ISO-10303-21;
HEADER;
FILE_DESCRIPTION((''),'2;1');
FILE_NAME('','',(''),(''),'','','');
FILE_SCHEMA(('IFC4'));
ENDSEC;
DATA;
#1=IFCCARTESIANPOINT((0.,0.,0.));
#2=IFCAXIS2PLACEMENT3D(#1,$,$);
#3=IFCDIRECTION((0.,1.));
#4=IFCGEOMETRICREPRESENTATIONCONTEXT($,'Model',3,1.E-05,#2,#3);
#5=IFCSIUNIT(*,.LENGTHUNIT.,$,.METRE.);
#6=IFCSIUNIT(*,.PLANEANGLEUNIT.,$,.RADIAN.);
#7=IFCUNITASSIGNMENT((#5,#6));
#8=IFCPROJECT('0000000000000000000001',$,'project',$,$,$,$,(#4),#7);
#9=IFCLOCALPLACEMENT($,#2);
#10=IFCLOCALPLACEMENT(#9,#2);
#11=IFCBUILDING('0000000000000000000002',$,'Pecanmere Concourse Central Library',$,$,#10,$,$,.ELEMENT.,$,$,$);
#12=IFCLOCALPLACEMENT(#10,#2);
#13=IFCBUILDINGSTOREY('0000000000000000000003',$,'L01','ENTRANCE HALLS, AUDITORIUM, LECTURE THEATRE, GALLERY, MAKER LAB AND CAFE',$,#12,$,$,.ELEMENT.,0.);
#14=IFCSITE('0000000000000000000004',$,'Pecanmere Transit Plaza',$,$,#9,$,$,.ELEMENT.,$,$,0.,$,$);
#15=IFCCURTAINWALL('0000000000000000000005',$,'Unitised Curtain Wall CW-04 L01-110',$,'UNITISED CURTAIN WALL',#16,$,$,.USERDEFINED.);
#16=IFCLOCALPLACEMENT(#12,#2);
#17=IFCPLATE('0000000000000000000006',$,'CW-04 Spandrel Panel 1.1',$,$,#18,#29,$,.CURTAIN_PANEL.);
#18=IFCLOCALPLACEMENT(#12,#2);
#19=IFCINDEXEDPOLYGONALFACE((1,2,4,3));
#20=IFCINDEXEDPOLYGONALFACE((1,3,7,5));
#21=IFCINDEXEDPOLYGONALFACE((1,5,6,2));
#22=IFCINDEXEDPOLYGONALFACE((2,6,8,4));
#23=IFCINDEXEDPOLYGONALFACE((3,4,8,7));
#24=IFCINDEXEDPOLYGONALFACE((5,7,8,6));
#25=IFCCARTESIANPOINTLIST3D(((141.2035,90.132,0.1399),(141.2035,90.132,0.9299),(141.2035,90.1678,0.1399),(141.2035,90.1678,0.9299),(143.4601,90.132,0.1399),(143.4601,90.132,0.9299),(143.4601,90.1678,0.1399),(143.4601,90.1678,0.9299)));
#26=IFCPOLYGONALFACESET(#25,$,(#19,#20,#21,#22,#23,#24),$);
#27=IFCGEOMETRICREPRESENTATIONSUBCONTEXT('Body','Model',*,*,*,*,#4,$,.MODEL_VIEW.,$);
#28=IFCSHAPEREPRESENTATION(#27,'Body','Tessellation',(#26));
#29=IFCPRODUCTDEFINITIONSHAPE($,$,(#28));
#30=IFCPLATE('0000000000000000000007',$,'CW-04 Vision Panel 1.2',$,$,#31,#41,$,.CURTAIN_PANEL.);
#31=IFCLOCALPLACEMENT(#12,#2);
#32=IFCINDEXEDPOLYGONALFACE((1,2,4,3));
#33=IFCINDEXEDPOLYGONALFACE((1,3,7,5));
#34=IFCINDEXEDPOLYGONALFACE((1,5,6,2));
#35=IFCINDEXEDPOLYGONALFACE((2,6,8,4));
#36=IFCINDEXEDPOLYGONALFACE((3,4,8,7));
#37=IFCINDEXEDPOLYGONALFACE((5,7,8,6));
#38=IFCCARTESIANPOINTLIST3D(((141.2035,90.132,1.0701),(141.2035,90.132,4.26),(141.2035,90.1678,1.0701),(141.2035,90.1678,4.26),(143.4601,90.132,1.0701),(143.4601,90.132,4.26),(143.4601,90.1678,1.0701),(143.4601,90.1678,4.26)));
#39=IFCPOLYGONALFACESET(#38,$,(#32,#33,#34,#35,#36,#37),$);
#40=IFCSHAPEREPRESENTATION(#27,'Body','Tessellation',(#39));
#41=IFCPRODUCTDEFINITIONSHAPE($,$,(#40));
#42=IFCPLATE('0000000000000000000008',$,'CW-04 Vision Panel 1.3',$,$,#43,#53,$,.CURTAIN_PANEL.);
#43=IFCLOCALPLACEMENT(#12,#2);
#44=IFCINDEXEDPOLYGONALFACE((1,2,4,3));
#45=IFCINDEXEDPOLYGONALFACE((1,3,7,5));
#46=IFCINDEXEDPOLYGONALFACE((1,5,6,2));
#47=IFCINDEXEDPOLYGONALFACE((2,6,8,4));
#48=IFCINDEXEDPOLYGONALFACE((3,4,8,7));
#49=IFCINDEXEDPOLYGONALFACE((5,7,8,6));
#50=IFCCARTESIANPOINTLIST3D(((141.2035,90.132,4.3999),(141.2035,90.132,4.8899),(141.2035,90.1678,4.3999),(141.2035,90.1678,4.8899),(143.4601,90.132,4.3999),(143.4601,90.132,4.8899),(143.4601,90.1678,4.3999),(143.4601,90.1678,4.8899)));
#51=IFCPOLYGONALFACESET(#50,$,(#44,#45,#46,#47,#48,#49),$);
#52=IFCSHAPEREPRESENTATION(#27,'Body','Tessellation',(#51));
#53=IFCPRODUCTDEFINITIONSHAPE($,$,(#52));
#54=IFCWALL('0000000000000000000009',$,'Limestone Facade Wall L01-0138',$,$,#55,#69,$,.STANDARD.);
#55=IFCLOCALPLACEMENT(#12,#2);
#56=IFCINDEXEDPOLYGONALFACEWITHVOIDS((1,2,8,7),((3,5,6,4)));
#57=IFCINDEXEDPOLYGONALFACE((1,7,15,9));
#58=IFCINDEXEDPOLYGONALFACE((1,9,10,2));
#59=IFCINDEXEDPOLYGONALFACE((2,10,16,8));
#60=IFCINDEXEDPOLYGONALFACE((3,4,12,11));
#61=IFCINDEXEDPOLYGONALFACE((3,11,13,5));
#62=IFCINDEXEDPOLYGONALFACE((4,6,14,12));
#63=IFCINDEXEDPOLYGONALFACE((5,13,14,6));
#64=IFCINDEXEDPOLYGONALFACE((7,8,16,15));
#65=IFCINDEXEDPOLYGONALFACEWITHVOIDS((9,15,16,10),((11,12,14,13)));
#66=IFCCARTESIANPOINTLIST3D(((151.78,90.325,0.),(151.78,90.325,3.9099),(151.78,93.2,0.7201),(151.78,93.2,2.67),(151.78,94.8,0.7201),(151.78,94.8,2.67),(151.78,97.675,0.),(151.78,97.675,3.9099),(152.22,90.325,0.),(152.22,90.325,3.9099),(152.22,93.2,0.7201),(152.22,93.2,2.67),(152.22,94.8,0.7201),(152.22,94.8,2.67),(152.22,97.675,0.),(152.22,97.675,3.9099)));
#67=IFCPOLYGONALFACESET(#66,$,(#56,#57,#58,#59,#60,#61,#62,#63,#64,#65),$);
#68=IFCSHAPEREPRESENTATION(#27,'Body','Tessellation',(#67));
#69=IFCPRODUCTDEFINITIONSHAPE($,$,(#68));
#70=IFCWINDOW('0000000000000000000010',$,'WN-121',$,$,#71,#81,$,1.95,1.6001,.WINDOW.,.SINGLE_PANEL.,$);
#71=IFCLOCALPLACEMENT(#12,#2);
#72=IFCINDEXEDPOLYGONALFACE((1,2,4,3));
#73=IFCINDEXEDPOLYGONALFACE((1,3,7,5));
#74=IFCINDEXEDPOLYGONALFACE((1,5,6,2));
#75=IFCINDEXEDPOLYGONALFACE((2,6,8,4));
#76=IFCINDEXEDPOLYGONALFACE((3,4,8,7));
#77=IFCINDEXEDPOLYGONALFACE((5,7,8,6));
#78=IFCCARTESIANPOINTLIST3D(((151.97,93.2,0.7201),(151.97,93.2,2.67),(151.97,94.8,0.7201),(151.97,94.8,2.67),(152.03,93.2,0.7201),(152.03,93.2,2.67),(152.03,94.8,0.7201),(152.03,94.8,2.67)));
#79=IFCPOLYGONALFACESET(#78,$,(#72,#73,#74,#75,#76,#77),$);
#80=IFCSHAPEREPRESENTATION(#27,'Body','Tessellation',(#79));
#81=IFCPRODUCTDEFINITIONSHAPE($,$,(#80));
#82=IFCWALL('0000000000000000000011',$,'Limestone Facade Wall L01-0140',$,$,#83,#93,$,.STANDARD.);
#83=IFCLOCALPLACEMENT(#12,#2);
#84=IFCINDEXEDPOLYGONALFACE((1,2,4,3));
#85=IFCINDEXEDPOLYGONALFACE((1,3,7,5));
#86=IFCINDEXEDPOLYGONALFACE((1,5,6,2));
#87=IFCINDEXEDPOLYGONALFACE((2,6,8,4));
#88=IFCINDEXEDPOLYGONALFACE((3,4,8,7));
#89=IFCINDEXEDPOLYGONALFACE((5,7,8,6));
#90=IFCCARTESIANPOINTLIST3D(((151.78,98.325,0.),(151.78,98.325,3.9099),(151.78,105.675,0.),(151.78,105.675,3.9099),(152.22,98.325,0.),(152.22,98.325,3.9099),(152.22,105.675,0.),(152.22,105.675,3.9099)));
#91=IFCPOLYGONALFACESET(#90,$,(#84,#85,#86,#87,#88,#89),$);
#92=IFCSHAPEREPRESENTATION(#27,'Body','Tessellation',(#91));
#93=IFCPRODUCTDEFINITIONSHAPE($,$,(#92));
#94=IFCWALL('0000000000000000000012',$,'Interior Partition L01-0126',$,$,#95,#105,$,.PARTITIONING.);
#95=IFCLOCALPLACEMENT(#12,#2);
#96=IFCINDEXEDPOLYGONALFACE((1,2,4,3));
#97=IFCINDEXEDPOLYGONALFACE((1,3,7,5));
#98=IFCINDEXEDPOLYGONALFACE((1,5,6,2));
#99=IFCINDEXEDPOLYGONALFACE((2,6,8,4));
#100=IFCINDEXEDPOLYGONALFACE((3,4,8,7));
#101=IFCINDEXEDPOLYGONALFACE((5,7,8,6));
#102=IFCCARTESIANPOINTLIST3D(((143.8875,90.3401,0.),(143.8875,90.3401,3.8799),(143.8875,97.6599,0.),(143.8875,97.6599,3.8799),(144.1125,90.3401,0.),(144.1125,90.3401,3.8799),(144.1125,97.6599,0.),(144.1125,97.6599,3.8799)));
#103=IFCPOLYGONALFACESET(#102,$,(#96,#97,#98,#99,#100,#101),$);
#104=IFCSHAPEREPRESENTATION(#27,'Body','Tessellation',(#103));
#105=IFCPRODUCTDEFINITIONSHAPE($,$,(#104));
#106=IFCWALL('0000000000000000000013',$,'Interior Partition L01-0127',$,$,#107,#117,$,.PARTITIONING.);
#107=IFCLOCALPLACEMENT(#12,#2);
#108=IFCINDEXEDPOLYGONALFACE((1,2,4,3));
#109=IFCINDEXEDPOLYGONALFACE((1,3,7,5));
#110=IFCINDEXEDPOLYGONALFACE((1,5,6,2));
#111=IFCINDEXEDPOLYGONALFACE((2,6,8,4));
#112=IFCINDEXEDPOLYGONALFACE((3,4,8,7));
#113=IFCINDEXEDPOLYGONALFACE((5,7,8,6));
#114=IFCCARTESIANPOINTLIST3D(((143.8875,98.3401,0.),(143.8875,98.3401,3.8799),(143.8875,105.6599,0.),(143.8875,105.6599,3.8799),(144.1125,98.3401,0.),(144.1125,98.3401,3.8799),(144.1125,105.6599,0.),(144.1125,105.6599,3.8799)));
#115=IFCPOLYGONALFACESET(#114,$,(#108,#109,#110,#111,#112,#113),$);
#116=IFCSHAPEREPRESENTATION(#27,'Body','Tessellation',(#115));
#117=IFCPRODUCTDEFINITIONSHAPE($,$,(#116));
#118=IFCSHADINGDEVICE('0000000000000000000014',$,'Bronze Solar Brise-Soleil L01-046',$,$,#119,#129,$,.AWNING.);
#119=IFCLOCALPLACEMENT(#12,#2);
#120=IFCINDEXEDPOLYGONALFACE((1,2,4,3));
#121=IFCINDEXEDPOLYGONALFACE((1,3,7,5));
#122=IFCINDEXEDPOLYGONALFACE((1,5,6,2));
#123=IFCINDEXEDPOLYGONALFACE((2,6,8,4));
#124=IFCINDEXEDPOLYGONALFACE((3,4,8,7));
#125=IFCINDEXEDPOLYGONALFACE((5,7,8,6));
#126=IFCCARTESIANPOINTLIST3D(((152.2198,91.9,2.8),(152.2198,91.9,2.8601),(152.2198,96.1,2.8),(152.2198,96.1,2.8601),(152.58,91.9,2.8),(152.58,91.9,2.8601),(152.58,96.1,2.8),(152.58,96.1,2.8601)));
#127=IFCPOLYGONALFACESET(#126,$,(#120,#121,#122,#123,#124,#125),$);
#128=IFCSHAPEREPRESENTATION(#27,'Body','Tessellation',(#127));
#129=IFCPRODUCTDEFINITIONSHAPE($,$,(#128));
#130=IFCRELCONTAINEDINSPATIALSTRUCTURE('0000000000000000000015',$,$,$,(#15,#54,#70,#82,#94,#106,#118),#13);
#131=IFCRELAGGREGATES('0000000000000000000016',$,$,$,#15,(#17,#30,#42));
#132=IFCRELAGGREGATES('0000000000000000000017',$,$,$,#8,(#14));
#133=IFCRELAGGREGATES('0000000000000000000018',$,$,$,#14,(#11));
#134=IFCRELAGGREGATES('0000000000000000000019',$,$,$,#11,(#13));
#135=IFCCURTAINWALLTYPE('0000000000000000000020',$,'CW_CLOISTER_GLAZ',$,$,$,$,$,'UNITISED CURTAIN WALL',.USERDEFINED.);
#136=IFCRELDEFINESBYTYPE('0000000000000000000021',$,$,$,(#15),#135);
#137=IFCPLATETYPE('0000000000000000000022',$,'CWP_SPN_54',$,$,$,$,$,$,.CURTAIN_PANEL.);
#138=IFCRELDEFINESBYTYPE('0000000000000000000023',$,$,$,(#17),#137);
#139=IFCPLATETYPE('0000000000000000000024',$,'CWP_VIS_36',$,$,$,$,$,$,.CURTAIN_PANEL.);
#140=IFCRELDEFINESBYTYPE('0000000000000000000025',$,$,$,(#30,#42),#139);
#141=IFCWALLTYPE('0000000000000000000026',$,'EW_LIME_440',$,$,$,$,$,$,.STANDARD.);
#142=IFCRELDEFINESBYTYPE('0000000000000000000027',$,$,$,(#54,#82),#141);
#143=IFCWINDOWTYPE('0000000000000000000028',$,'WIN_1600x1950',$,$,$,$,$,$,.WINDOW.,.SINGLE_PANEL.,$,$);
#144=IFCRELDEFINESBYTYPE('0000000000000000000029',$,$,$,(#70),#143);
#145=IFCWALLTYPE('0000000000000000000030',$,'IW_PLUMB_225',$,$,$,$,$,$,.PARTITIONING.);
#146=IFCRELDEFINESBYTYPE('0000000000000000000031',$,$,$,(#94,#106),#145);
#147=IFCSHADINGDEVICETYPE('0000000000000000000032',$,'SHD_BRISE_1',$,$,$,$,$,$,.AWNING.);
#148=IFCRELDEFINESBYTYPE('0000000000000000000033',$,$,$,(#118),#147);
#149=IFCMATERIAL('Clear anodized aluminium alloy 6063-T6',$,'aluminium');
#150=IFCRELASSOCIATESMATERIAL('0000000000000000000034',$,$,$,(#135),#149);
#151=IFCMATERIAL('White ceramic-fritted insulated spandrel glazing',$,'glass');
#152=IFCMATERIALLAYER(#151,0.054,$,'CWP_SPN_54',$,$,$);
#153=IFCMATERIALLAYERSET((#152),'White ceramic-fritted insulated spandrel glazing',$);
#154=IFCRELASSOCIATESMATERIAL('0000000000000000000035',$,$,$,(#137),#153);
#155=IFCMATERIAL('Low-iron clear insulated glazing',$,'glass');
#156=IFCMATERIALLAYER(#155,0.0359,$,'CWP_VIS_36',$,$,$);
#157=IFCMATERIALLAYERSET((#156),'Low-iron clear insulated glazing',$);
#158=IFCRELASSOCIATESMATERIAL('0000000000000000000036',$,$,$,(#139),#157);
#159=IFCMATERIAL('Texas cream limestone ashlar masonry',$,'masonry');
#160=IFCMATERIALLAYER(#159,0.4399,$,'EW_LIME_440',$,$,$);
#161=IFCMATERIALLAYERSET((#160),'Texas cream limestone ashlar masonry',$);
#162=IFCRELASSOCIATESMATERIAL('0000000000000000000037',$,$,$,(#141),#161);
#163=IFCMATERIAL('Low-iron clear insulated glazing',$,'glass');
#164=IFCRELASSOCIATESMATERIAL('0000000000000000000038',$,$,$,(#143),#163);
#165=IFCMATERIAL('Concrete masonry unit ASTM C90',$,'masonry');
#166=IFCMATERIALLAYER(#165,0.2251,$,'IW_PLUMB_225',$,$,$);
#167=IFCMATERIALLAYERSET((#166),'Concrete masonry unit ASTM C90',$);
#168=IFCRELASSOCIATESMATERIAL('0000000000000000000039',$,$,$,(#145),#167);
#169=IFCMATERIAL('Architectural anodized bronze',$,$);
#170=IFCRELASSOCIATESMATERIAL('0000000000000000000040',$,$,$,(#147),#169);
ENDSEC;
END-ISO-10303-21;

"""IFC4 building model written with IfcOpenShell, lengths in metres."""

from ifc_helpers import new_model, si_unit, direction, frame, frame_2d, origin, origin_2d, place, context, subcontext, project, spatial, rectangle, extrude, material, layer, layer_set, type_object, element, fill, aggregate, save


model = new_model("IFC4")

# Units and contexts
model_context = context("Model", 3, precision=1e-05, world=origin(), true_north=direction((0.0, 1.0)))
body_context = subcontext(model_context, "Body", "Model", "MODEL_VIEW")
ifc_project = project(units=[si_unit("LENGTHUNIT", "METRE"), si_unit("PLANEANGLEUNIT", "RADIAN")], contexts=[model_context])

# Site, building, storey
site_placement = place(None, origin())
site = spatial("IfcSite", under=ifc_project, at=site_placement, Name="Pecanmere Transit Plaza", CompositionType="ELEMENT", RefElevation=0.0)
building_placement = place(site_placement, origin())
building = spatial("IfcBuilding", under=site, at=building_placement, Name="Pecanmere Concourse Central Library", CompositionType="ELEMENT")
storey_placement = place(building_placement, origin())
storey = spatial("IfcBuildingStorey", under=building, at=storey_placement, Name="L01", Description="ENTRANCE HALLS, AUDITORIUM, LECTURE THEATRE, GALLERY, MAKER LAB AND CAFE", CompositionType="ELEMENT", Elevation=0.0)

# Curtain wall, plates
ifc_material_1 = material(Name="Clear anodized aluminium alloy 6063-T6", Category="aluminium")
curtain_wall_type = type_object("IfcCurtainWallType", Name="CW_CLOISTER_GLAZ", ElementType="UNITISED CURTAIN WALL", PredefinedType="USERDEFINED", material=ifc_material_1)
curtain_wall_placement = place(storey_placement, origin())
curtain_wall = element("IfcCurtainWall", 1, at=curtain_wall_placement, inside=storey, type_object=curtain_wall_type, Name="Unitised Curtain Wall CW-04 L01-110", ObjectType="UNITISED CURTAIN WALL", PredefinedType="USERDEFINED")
ifc_material_2 = material(Name="White ceramic-fritted insulated spandrel glazing", Category="glass")
ifc_layer_1 = layer(ifc_material_2, 0.054, Name="CWP_SPN_54")
ifc_layer_set_1 = layer_set([ifc_layer_1], Name="White ceramic-fritted insulated spandrel glazing")
plate_type_1 = type_object("IfcPlateType", Name="CWP_SPN_54", PredefinedType="CURTAIN_PANEL", material=ifc_layer_set_1)
plate_1_placement = place(storey_placement, frame((142.3318, 90.1499, 0.1399), z_axis=(0.0, 0.0, 1.0), x_axis=(-1.0, 0.0, 0.0)))
plate_1 = element("IfcPlate", 2, at=plate_1_placement, type_object=plate_type_1, Name="CW-04 Spandrel Panel 1.1", PredefinedType="CURTAIN_PANEL", context=body_context, shape_type="SweptSolid", body=[
    extrude(rectangle(XDim=2.2566, YDim=0.0359, at=origin_2d()), origin(), (0.0, 0.0, 1.0), 0.79),
])
ifc_material_3 = material(Name="Low-iron clear insulated glazing", Category="glass")
ifc_layer_2 = layer(ifc_material_3, 0.0359, Name="CWP_VIS_36")
ifc_layer_set_2 = layer_set([ifc_layer_2], Name="Low-iron clear insulated glazing")
plate_type_2 = type_object("IfcPlateType", Name="CWP_VIS_36", PredefinedType="CURTAIN_PANEL", material=ifc_layer_set_2)
plate_2_placement = place(storey_placement, frame((142.3318, 90.1499, 1.0701), z_axis=(0.0, 0.0, 1.0), x_axis=(-1.0, 0.0, 0.0)))
plate_2 = element("IfcPlate", 3, at=plate_2_placement, type_object=plate_type_2, Name="CW-04 Vision Panel 1.2", PredefinedType="CURTAIN_PANEL", context=body_context, shape_type="SweptSolid", body=[
    extrude(rectangle(XDim=2.2566, YDim=0.0359, at=origin_2d()), origin(), (0.0, 0.0, 1.0), 3.1899),
])
plate_3_placement = place(storey_placement, frame((142.3318, 90.1499, 4.3999), z_axis=(0.0, 0.0, 1.0), x_axis=(-1.0, 0.0, 0.0)))
plate_3 = element("IfcPlate", 4, at=plate_3_placement, type_object=plate_type_2, Name="CW-04 Vision Panel 1.3", PredefinedType="CURTAIN_PANEL", context=body_context, shape_type="SweptSolid", body=[
    extrude(rectangle(XDim=2.2566, YDim=0.0359, at=origin_2d()), origin(), (0.0, 0.0, 1.0), 0.49),
])
aggregate(curtain_wall, [plate_1, plate_2, plate_3])

# Wall, opening, window
ifc_material_4 = material(Name="Texas cream limestone ashlar masonry", Category="masonry")
ifc_layer_3 = layer(ifc_material_4, 0.4399, Name="EW_LIME_440")
ifc_layer_set_3 = layer_set([ifc_layer_3], Name="Texas cream limestone ashlar masonry")
wall_type_1 = type_object("IfcWallType", Name="EW_LIME_440", PredefinedType="STANDARD", material=ifc_layer_set_3)
wall_1_placement = place(storey_placement, frame((152.0, 90.325, 0.0), z_axis=(0.0, 0.0, 1.0), x_axis=(0.0, 1.0, 0.0)))
wall_1 = element("IfcWall", 5, at=wall_1_placement, inside=storey, type_object=wall_type_1, Name="Limestone Facade Wall L01-0138", PredefinedType="STANDARD", context=body_context, shape_type="SweptSolid", body=[
    extrude(rectangle(XDim=7.3501, YDim=0.4399, at=frame_2d((3.675, 0.0))), origin(), (0.0, 0.0, 1.0), 3.9099),
])
opening_placement = place(wall_1_placement, frame((2.875, 0.0, 0.72)))
opening = element("IfcOpeningElement", 6, at=opening_placement, cuts=wall_1, PredefinedType="OPENING", context=body_context, shape_type="SweptSolid", body=[
    extrude(rectangle(XDim=1.6001, YDim=1.95, at=frame_2d((0.8, 0.9751))), frame((0.0, 0.2319, 0.0), z_axis=(0.0, -1.0, 0.0), x_axis=(1.0, 0.0, 0.0)), (0.0, 0.0, 1.0), 0.4639),
])
ifc_material_5 = material(Name="Low-iron clear insulated glazing", Category="glass")
window_type = type_object("IfcWindowType", Name="WIN_1600x1950", PartitioningType="SINGLE_PANEL", PredefinedType="WINDOW", material=ifc_material_5)
window_placement = place(opening_placement, origin())
window = element("IfcWindow", 7, at=window_placement, inside=storey, type_object=window_type, Name="WN-121", OverallHeight=1.95, OverallWidth=1.6001, PartitioningType="SINGLE_PANEL", PredefinedType="WINDOW", context=body_context, shape_type="SweptSolid", body=[
    extrude(rectangle(XDim=1.6001, YDim=1.95, at=frame_2d((0.8, 0.9751))), frame((0.0, 0.03, 0.0), z_axis=(0.0, -1.0, 0.0), x_axis=(1.0, 0.0, 0.0)), (0.0, 0.0, 1.0), 0.0601),
])
fill(opening, window)

# Walls
wall_2_placement = place(storey_placement, frame((152.0, 98.325, 0.0), z_axis=(0.0, 0.0, 1.0), x_axis=(0.0, 1.0, 0.0)))
element("IfcWall", 8, at=wall_2_placement, inside=storey, type_object=wall_type_1, Name="Limestone Facade Wall L01-0140", PredefinedType="STANDARD", context=body_context, shape_type="SweptSolid", body=[
    extrude(rectangle(XDim=7.3501, YDim=0.4399, at=frame_2d((3.675, 0.0))), origin(), (0.0, 0.0, 1.0), 3.9099),
])
ifc_material_6 = material(Name="Concrete masonry unit ASTM C90", Category="masonry")
ifc_layer_4 = layer(ifc_material_6, 0.2251, Name="IW_PLUMB_225")
ifc_layer_set_4 = layer_set([ifc_layer_4], Name="Concrete masonry unit ASTM C90")
wall_type_2 = type_object("IfcWallType", Name="IW_PLUMB_225", PredefinedType="PARTITIONING", material=ifc_layer_set_4)
for number, where, z_axis, x_axis, name in (
    (9, (144.0, 90.3401, 0.0), (0.0, 0.0, 1.0), (0.0, 1.0, 0.0), "Interior Partition L01-0126"),
    (10, (144.0, 98.3401, 0.0), (0.0, 0.0, 1.0), (0.0, 1.0, 0.0), "Interior Partition L01-0127"),
):
    element("IfcWall", number, at=place(storey_placement, frame(where, z_axis=z_axis, x_axis=x_axis)), inside=storey, type_object=wall_type_2, Name=name, PredefinedType="PARTITIONING", context=body_context, shape_type="SweptSolid", body=[
        extrude(rectangle(XDim=7.3198, YDim=0.2251, at=frame_2d((3.6599, 0.0))), origin(), (0.0, 0.0, 1.0), 3.8799),
    ])

# Shading device
ifc_material_7 = material(Name="Architectural anodized bronze")
shading_device_type = type_object("IfcShadingDeviceType", Name="SHD_BRISE_1", PredefinedType="AWNING", material=ifc_material_7)
shading_device_placement = place(storey_placement, frame((152.3999, 94.0, 2.8), z_axis=(0.0, 0.0, 1.0), x_axis=(0.0, 1.0, 0.0)))
element("IfcShadingDevice", 11, at=shading_device_placement, inside=storey, type_object=shading_device_type, Name="Bronze Solar Brise-Soleil L01-046", PredefinedType="AWNING", context=body_context, shape_type="SweptSolid", body=[
    extrude(rectangle(XDim=4.2, YDim=0.3601, at=origin_2d()), origin(), (0.0, 0.0, 1.0), 0.0601),
])

save(model, "model.ifc")
